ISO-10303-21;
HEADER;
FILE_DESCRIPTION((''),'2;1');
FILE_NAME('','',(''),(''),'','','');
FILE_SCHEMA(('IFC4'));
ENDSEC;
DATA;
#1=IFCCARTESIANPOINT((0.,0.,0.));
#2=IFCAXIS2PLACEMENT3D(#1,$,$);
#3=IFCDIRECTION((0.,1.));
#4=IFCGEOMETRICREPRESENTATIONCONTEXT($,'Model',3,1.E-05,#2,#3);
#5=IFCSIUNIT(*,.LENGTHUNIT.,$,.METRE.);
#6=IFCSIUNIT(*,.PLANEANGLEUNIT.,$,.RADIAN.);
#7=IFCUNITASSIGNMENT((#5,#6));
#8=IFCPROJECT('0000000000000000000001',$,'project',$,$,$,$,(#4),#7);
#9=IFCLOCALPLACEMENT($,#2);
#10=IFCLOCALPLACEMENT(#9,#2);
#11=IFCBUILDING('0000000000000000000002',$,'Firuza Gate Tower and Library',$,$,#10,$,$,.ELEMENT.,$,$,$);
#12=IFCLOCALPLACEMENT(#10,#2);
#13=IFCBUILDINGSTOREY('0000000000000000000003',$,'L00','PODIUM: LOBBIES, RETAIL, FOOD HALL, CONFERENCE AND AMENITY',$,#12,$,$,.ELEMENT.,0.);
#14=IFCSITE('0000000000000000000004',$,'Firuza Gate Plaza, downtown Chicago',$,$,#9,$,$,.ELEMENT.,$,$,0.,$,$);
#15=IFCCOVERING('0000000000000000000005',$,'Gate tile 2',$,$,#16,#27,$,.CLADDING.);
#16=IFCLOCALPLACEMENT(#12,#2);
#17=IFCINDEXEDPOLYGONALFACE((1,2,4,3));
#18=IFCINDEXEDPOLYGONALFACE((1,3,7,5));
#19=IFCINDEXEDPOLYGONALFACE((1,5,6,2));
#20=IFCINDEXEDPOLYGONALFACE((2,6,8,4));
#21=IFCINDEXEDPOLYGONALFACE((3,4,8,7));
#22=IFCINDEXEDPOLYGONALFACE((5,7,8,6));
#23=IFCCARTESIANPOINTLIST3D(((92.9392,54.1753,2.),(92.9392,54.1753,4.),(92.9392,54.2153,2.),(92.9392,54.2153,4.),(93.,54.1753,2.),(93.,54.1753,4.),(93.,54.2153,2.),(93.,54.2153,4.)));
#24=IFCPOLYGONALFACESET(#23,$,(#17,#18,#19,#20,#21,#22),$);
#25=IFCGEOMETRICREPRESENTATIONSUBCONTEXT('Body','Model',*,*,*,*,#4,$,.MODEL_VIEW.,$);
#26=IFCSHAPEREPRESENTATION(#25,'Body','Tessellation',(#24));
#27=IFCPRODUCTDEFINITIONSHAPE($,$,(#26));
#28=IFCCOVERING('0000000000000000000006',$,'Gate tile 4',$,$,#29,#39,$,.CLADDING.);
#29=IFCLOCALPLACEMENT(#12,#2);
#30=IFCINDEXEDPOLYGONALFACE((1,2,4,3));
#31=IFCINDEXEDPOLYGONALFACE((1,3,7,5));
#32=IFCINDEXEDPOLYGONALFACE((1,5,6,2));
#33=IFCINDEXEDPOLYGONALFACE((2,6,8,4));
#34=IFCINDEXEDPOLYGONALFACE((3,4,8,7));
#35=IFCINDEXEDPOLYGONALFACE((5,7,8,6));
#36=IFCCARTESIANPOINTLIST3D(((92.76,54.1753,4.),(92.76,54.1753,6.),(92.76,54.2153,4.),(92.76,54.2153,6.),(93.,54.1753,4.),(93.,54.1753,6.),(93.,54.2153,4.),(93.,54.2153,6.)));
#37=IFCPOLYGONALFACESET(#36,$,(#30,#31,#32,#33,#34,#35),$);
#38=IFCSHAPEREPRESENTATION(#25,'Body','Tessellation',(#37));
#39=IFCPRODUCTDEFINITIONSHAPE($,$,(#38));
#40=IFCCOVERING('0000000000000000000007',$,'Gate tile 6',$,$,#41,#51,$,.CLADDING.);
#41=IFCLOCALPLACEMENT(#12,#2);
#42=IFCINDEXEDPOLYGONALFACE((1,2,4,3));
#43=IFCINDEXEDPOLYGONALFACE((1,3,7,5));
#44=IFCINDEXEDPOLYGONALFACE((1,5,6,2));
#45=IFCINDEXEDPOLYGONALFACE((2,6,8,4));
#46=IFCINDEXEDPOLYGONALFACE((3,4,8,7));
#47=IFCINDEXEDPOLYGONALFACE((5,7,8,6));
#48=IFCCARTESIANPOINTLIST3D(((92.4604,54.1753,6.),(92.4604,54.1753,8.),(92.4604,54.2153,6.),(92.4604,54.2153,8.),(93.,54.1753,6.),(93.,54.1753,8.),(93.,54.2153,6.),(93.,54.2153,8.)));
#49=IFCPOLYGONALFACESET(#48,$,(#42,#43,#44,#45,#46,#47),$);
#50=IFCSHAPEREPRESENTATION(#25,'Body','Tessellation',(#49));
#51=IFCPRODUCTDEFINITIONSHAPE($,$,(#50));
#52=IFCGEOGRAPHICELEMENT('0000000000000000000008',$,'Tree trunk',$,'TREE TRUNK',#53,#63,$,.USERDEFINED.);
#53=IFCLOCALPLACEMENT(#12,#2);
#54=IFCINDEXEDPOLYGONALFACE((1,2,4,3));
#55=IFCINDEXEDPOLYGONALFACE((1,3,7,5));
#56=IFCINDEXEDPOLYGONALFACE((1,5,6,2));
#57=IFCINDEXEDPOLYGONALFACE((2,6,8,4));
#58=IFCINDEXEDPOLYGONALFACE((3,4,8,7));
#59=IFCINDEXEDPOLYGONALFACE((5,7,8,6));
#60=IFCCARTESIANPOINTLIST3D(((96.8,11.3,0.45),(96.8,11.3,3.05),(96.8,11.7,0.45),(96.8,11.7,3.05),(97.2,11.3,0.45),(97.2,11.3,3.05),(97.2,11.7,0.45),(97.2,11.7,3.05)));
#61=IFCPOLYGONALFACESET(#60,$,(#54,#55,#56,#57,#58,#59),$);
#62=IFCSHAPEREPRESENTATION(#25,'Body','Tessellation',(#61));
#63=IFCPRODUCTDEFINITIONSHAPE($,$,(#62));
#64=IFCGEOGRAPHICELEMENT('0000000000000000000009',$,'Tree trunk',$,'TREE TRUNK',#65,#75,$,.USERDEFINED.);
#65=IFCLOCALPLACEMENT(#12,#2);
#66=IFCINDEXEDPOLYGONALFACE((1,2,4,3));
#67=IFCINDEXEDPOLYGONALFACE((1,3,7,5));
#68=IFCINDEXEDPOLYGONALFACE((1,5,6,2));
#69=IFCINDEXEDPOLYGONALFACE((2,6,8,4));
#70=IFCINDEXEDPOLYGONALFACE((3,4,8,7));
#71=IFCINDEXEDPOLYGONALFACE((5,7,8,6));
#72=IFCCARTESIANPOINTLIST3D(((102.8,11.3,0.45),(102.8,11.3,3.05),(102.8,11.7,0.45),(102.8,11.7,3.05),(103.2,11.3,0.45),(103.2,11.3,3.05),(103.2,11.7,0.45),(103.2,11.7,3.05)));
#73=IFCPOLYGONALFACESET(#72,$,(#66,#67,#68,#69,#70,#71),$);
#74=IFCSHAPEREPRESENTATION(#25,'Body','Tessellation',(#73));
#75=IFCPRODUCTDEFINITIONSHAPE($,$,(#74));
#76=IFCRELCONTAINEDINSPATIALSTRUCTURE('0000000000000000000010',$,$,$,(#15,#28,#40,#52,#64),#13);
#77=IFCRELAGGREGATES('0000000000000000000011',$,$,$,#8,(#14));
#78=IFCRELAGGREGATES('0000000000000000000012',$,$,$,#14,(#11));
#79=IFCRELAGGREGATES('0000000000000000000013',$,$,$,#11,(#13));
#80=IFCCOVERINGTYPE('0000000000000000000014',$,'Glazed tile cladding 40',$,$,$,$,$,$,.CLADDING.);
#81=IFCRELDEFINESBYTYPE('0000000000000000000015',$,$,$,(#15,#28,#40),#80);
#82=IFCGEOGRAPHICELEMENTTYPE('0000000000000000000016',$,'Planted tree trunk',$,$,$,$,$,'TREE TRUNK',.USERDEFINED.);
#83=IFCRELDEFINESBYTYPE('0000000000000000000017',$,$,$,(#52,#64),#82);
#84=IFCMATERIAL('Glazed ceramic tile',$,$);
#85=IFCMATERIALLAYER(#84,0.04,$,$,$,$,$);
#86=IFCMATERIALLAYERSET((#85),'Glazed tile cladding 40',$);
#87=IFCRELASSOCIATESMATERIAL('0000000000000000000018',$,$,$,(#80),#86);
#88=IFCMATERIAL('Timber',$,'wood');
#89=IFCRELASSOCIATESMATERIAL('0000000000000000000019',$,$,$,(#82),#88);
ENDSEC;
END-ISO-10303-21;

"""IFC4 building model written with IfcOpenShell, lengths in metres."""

from ifc_helpers import new_model, si_unit, direction, frame, origin, origin_2d, place, context, subcontext, project, spatial, polyline, rectangle, outline, extrude, material, layer, layer_set, type_object, element, save


model = new_model("IFC4")

# Units and contexts
model_context = context("Model", 3, precision=1e-05, world=origin(), true_north=direction((0.0, 1.0)))
body_context = subcontext(model_context, "Body", "Model", "MODEL_VIEW")
ifc_project = project(units=[si_unit("LENGTHUNIT", "METRE"), si_unit("PLANEANGLEUNIT", "RADIAN")], contexts=[model_context])

# Site, building, storey
site_placement = place(None, origin())
site = spatial("IfcSite", under=ifc_project, at=site_placement, Name="Firuza Gate Plaza, downtown Chicago", CompositionType="ELEMENT", RefElevation=0.0)
building_placement = place(site_placement, origin())
building = spatial("IfcBuilding", under=site, at=building_placement, Name="Firuza Gate Tower and Library", CompositionType="ELEMENT")
storey_placement = place(building_placement, origin())
storey = spatial("IfcBuildingStorey", under=building, at=storey_placement, Name="L00", Description="PODIUM: LOBBIES, RETAIL, FOOD HALL, CONFERENCE AND AMENITY", CompositionType="ELEMENT", Elevation=0.0)

# Coverings
ifc_material_1 = material(Name="Glazed ceramic tile")
ifc_layer_1 = layer(ifc_material_1, 0.04)
ifc_layer_set_1 = layer_set([ifc_layer_1], Name="Glazed tile cladding 40")
covering_type_1 = type_object("IfcCoveringType", Name="Glazed tile cladding 40", PredefinedType="CLADDING", material=ifc_layer_set_1)
covering_1_placement = place(storey_placement, frame((92.9392, 54.1753, 2.0), z_axis=(0.0, -1.0, 0.0), x_axis=(1.0, 0.0, 0.0)))
element("IfcCovering", 1, at=covering_1_placement, inside=storey, type_object=covering_type_1, Name="Gate tile 2", PredefinedType="CLADDING", context=body_context, shape_type="SweptSolid", body=[
    extrude(outline(polyline([(0.0, 0.0), (0.0608, 0.0), (0.0608, 2.0), (0.0, 2.0), (0.0, 0.0)])), origin(), (0.0, 0.0, -1.0), 0.04),
])
covering_2_placement = place(storey_placement, frame((92.76, 54.1753, 4.0), z_axis=(0.0, -1.0, 0.0), x_axis=(1.0, 0.0, 0.0)))
element("IfcCovering", 2, at=covering_2_placement, inside=storey, type_object=covering_type_1, Name="Gate tile 4", PredefinedType="CLADDING", context=body_context, shape_type="SweptSolid", body=[
    extrude(outline(polyline([(0.0, 0.0), (0.24, 0.0), (0.24, 2.0), (0.0, 2.0), (0.0, 0.0)])), origin(), (0.0, 0.0, -1.0), 0.04),
])
covering_3_placement = place(storey_placement, frame((92.4604, 54.1753, 6.0), z_axis=(0.0, -1.0, 0.0), x_axis=(1.0, 0.0, 0.0)))
element("IfcCovering", 3, at=covering_3_placement, inside=storey, type_object=covering_type_1, Name="Gate tile 6", PredefinedType="CLADDING", context=body_context, shape_type="SweptSolid", body=[
    extrude(outline(polyline([(0.0, 0.0), (0.5396, 0.0), (0.5396, 2.0), (0.0, 2.0), (0.0, 0.0)])), origin(), (0.0, 0.0, -1.0), 0.04),
])

# Geographic elements
ifc_material_2 = material(Name="Timber", Category="wood")
geographic_element_type = type_object("IfcGeographicElementType", Name="Planted tree trunk", ElementType="TREE TRUNK", PredefinedType="USERDEFINED", material=ifc_material_2)
for number, where, z_axis, x_axis, name in (
    (4, (97.0, 11.5, 0.45), (0.0, 0.0, 1.0), (1.0, 0.0, 0.0), "Tree trunk"),
    (5, (103.0, 11.5, 0.45), (0.0, 0.0, 1.0), (1.0, 0.0, 0.0), "Tree trunk"),
):
    element("IfcGeographicElement", number, at=place(storey_placement, frame(where, z_axis=z_axis, x_axis=x_axis)), inside=storey, type_object=geographic_element_type, Name=name, ObjectType="TREE TRUNK", PredefinedType="USERDEFINED", context=body_context, shape_type="SweptSolid", body=[
        extrude(rectangle(XDim=0.3999, YDim=0.3999, at=origin_2d()), origin(), (0.0, 0.0, 1.0), 2.6001),
    ])

save(model, "model.ifc")
